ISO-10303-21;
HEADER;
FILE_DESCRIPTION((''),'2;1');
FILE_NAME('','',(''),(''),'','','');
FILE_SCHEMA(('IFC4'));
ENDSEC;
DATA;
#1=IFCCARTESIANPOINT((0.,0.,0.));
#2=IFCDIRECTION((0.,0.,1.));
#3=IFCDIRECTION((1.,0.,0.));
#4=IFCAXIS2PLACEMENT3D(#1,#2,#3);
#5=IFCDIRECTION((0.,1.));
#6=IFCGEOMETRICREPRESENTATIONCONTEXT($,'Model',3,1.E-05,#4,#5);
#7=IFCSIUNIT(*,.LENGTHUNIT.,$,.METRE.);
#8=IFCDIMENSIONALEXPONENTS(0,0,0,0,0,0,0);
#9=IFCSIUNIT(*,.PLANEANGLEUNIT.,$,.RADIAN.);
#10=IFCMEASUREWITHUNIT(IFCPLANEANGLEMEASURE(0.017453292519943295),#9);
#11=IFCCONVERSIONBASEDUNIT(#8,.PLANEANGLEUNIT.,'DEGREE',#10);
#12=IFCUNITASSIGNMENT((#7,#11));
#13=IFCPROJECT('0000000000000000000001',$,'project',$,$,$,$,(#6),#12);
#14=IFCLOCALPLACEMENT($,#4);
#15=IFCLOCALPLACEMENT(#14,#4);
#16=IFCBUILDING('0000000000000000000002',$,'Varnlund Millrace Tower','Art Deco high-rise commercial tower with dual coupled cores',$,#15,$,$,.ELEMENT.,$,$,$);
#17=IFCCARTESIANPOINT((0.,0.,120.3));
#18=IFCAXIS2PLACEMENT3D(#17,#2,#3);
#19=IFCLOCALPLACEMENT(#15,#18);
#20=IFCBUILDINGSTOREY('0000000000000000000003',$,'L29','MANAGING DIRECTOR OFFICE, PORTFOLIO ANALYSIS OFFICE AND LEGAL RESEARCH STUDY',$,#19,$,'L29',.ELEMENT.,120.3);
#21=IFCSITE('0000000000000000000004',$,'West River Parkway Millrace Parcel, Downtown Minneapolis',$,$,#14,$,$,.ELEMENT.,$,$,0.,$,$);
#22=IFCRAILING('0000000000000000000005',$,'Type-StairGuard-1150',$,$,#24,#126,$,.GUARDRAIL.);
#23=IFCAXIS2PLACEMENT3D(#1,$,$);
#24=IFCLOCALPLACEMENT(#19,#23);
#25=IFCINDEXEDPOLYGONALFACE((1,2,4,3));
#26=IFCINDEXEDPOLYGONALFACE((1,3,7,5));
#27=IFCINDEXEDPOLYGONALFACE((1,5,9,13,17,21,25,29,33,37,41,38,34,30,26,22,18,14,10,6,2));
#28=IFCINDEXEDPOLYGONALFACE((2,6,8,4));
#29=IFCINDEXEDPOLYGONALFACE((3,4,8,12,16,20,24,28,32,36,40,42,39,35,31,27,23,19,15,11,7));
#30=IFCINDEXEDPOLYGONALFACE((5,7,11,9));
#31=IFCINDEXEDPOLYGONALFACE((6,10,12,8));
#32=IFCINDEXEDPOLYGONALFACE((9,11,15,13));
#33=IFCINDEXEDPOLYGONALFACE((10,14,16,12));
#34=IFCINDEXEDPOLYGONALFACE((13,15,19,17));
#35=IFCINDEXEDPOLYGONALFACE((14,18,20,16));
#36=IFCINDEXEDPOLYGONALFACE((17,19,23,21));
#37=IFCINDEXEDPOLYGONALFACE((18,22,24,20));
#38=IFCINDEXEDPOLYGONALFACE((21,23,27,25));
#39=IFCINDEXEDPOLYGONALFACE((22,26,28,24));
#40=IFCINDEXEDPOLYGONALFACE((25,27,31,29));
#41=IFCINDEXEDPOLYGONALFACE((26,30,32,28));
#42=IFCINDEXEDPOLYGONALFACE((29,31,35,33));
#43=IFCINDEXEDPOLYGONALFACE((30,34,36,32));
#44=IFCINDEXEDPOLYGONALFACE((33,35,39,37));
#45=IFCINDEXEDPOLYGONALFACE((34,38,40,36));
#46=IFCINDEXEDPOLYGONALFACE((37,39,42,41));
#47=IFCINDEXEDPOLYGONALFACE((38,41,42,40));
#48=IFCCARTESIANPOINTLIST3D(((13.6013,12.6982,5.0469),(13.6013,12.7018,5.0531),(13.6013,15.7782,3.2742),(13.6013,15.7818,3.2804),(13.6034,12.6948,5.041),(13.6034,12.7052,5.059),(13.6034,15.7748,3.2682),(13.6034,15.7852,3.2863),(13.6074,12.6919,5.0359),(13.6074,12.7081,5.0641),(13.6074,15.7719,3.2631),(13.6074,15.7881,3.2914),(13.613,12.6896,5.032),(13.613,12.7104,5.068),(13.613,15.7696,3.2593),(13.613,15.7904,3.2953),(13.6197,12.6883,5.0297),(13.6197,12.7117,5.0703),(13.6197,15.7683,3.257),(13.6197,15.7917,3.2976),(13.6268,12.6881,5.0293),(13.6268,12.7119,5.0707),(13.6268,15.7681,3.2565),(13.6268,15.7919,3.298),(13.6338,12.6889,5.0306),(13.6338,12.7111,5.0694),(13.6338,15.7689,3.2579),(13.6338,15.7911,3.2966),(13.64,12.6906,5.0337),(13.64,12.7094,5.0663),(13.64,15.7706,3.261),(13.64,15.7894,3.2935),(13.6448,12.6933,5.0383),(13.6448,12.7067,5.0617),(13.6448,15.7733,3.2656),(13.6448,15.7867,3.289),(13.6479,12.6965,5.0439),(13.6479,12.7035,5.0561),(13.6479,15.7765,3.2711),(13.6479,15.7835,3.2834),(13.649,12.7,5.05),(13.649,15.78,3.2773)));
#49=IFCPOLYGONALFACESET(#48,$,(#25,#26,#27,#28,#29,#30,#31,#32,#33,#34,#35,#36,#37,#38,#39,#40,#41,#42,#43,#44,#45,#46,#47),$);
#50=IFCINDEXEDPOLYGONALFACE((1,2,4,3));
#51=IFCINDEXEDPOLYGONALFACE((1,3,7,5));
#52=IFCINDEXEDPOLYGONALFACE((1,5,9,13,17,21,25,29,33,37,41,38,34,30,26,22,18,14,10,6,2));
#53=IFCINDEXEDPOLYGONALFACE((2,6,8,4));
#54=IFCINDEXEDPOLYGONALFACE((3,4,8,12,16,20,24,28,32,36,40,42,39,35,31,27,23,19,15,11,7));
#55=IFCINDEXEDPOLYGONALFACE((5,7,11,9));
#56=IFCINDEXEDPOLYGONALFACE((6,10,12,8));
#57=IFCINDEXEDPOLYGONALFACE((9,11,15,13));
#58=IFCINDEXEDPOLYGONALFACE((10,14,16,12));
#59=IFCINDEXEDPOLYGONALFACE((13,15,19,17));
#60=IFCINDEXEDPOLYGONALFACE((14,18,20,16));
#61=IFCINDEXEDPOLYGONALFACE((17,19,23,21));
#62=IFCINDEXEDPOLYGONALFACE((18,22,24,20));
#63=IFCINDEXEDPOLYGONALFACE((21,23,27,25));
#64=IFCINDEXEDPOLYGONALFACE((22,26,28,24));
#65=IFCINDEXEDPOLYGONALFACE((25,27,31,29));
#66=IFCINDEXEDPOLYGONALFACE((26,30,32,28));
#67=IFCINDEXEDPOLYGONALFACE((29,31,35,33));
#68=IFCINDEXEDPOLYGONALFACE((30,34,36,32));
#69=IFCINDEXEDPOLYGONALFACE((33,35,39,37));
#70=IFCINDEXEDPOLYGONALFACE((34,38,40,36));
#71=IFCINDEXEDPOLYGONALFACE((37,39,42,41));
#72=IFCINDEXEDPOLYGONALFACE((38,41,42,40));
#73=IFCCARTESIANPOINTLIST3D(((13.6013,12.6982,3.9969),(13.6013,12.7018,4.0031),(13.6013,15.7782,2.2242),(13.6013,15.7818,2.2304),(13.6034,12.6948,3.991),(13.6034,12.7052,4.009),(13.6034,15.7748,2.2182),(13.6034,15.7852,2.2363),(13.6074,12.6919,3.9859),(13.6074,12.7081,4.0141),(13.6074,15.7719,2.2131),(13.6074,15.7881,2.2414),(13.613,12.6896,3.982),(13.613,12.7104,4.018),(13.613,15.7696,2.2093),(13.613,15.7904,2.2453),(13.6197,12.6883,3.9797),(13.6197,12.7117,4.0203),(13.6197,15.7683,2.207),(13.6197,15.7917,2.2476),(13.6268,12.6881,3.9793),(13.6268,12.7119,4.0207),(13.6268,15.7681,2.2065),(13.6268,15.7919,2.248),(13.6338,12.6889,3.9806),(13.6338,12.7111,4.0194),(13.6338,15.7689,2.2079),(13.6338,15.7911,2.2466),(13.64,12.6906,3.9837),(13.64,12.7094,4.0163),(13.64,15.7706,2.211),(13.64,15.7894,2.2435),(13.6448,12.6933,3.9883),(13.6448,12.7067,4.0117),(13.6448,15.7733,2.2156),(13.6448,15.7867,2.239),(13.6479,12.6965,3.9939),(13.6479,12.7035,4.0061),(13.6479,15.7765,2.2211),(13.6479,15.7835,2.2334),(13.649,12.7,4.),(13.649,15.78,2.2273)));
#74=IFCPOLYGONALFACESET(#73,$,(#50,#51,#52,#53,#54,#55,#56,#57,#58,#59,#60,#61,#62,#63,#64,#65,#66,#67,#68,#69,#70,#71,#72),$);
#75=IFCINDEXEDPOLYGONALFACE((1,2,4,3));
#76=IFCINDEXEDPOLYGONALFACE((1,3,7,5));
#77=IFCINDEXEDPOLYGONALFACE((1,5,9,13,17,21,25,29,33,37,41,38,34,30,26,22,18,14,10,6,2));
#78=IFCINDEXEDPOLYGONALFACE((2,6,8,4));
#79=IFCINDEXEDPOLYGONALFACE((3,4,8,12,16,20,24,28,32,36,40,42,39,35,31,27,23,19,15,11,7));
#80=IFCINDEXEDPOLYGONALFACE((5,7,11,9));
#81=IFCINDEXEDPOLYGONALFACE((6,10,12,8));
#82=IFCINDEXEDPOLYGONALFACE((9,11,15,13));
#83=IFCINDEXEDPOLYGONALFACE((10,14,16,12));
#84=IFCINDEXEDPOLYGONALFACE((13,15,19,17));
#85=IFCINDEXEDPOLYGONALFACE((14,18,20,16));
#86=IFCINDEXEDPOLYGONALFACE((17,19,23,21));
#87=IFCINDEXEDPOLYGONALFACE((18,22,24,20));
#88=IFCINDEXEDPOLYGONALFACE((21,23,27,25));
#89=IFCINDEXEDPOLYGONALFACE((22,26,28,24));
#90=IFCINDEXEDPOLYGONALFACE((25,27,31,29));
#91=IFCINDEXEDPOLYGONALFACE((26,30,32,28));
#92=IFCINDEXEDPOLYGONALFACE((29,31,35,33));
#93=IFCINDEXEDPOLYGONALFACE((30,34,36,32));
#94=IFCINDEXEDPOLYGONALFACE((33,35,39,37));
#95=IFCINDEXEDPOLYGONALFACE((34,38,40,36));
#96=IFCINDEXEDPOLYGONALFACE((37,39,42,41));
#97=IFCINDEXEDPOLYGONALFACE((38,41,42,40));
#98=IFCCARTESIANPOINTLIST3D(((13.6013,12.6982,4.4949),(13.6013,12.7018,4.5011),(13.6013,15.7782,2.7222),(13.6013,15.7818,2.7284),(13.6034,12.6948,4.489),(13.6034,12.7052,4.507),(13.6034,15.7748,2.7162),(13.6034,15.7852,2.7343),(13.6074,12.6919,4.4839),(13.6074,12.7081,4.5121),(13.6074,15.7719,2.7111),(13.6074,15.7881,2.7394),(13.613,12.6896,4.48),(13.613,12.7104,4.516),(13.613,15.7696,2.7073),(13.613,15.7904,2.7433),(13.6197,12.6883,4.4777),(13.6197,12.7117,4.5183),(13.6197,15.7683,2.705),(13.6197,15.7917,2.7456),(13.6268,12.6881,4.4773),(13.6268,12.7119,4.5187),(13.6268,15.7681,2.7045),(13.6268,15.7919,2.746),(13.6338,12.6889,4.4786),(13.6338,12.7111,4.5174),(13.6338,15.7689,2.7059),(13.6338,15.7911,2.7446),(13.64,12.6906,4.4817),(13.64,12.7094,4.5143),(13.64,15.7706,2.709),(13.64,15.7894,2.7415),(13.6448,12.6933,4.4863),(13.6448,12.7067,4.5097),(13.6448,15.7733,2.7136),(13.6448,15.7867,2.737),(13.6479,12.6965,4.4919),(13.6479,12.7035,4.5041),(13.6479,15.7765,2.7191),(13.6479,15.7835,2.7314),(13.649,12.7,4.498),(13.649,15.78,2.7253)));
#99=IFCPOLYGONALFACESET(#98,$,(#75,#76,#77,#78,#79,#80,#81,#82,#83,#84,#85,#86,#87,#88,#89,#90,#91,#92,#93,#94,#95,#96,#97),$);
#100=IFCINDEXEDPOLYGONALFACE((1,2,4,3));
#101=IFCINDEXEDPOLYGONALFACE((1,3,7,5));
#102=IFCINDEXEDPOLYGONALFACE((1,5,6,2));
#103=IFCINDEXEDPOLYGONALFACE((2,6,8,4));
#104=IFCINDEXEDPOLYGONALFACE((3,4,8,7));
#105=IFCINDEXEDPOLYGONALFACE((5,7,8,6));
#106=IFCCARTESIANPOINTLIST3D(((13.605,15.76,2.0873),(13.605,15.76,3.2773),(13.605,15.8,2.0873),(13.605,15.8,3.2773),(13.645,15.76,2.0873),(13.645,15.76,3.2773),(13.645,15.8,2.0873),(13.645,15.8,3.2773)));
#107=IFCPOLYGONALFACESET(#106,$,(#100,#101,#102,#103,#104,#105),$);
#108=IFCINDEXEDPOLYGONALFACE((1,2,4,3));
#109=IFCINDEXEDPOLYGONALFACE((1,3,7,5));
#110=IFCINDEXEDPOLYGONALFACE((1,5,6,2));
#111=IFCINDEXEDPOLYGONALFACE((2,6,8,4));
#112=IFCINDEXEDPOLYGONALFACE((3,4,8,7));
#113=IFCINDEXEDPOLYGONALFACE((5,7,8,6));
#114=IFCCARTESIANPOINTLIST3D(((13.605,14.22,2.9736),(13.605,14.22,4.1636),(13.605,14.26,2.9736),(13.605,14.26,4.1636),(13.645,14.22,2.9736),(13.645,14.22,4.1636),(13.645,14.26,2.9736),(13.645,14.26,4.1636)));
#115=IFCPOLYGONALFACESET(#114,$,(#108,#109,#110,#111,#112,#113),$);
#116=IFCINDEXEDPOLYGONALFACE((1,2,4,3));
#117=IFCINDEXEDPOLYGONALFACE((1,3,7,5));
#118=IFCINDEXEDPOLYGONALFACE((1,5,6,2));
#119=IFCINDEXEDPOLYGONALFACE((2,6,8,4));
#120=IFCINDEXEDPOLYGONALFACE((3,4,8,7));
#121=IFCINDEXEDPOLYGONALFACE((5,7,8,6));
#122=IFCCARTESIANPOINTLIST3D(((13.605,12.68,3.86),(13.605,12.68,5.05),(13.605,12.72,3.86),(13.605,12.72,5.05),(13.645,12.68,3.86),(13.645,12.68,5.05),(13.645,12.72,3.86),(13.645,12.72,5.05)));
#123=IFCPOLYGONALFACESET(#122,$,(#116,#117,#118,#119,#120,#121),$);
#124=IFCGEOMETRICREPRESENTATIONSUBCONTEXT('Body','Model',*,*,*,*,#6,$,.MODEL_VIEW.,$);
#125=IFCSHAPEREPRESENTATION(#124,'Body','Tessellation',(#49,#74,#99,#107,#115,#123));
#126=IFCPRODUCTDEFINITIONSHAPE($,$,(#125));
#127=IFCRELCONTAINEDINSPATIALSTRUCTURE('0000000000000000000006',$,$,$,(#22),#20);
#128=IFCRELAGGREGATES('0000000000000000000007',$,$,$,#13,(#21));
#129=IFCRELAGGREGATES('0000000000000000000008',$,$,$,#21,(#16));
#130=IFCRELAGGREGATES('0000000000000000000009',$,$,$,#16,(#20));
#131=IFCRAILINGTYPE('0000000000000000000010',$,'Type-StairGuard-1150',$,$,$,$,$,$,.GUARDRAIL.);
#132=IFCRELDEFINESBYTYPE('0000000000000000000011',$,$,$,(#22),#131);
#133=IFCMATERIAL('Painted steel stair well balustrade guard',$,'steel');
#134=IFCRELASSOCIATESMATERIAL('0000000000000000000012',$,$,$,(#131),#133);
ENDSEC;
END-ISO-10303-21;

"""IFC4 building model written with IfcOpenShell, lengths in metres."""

from ifc_helpers import new_model, entity, si_unit, converted_unit, direction, frame, origin_with_axes, origin_2d_with_axis, place, context, subcontext, project, spatial, rectangle, circle, extrude, material, type_object, element, save


model = new_model("IFC4")

# Units and contexts
model_context = context("Model", 3, precision=1e-05, world=origin_with_axes(), true_north=direction((0.0, 1.0)))
body_context = subcontext(model_context, "Body", "Model", "MODEL_VIEW")
ifc_project = project(units=[si_unit("LENGTHUNIT", "METRE"), converted_unit("PLANEANGLEUNIT", "DEGREE", entity("IfcPlaneAngleMeasure", 0.017453292519943295), si_unit("PLANEANGLEUNIT", "RADIAN"), dimensions=[0, 0, 0, 0, 0, 0, 0])], contexts=[model_context])

# Site, building, storey
site_placement = place(None, origin_with_axes())
site = spatial("IfcSite", under=ifc_project, at=site_placement, Name="West River Parkway Millrace Parcel, Downtown Minneapolis", CompositionType="ELEMENT", RefElevation=0.0)
building_placement = place(site_placement, origin_with_axes())
building = spatial("IfcBuilding", under=site, at=building_placement, Name="Varnlund Millrace Tower", Description="Art Deco high-rise commercial tower with dual coupled cores", CompositionType="ELEMENT")
storey_placement = place(building_placement, frame((0.0, 0.0, 120.3), z_axis=(0.0, 0.0, 1.0), x_axis=(1.0, 0.0, 0.0)))
storey = spatial("IfcBuildingStorey", under=building, at=storey_placement, Name="L29", Description="MANAGING DIRECTOR OFFICE, PORTFOLIO ANALYSIS OFFICE AND LEGAL RESEARCH STUDY", LongName="L29", CompositionType="ELEMENT", Elevation=120.3)

# Railing
ifc_material_1 = material(Name="Painted steel stair well balustrade guard", Category="steel")
railing_type_1 = type_object("IfcRailingType", Name="Type-StairGuard-1150", PredefinedType="GUARDRAIL", material=ifc_material_1)
railing_1_placement = place(storey_placement, frame((0.0, 0.0, -120.3), z_axis=(0.0, 0.0, 1.0), x_axis=(1.0, 0.0, 0.0)))
element("IfcRailing", 1, at=railing_1_placement, inside=storey, type_object=railing_type_1, Name="Type-StairGuard-1150", PredefinedType="GUARDRAIL", context=body_context, shape_type="SweptSolid", body=[
    extrude(circle(Radius=0.024, at=origin_2d_with_axis()), frame((13.625, 15.78, 123.5773), z_axis=(0.0, -0.866696, 0.498836), x_axis=(1.0, 0.0, 0.0)), (0.0, 0.0, 1.0), 3.5537),
    extrude(circle(Radius=0.024, at=origin_2d_with_axis()), frame((13.625, 15.78, 122.5273), z_axis=(0.0, -0.866696, 0.498836), x_axis=(1.0, 0.0, 0.0)), (0.0, 0.0, 1.0), 3.5537),
    extrude(circle(Radius=0.024, at=origin_2d_with_axis()), frame((13.625, 15.78, 123.0253), z_axis=(0.0, -0.866696, 0.498836), x_axis=(1.0, 0.0, 0.0)), (0.0, 0.0, 1.0), 3.5537),
    extrude(rectangle(XDim=0.04, YDim=0.04, at=origin_2d_with_axis()), frame((13.625, 15.78, 122.3873), z_axis=(0.0, 0.0, 1.0), x_axis=(1.0, 0.0, 0.0)), (0.0, 0.0, 1.0), 1.19),
    extrude(rectangle(XDim=0.04, YDim=0.04, at=origin_2d_with_axis()), frame((13.625, 14.24, 123.2736), z_axis=(0.0, 0.0, 1.0), x_axis=(1.0, 0.0, 0.0)), (0.0, 0.0, 1.0), 1.19),
    extrude(rectangle(XDim=0.04, YDim=0.04, at=origin_2d_with_axis()), frame((13.625, 12.7, 124.16), z_axis=(0.0, 0.0, 1.0), x_axis=(1.0, 0.0, 0.0)), (0.0, 0.0, 1.0), 1.19),
])

save(model, "model.ifc")
